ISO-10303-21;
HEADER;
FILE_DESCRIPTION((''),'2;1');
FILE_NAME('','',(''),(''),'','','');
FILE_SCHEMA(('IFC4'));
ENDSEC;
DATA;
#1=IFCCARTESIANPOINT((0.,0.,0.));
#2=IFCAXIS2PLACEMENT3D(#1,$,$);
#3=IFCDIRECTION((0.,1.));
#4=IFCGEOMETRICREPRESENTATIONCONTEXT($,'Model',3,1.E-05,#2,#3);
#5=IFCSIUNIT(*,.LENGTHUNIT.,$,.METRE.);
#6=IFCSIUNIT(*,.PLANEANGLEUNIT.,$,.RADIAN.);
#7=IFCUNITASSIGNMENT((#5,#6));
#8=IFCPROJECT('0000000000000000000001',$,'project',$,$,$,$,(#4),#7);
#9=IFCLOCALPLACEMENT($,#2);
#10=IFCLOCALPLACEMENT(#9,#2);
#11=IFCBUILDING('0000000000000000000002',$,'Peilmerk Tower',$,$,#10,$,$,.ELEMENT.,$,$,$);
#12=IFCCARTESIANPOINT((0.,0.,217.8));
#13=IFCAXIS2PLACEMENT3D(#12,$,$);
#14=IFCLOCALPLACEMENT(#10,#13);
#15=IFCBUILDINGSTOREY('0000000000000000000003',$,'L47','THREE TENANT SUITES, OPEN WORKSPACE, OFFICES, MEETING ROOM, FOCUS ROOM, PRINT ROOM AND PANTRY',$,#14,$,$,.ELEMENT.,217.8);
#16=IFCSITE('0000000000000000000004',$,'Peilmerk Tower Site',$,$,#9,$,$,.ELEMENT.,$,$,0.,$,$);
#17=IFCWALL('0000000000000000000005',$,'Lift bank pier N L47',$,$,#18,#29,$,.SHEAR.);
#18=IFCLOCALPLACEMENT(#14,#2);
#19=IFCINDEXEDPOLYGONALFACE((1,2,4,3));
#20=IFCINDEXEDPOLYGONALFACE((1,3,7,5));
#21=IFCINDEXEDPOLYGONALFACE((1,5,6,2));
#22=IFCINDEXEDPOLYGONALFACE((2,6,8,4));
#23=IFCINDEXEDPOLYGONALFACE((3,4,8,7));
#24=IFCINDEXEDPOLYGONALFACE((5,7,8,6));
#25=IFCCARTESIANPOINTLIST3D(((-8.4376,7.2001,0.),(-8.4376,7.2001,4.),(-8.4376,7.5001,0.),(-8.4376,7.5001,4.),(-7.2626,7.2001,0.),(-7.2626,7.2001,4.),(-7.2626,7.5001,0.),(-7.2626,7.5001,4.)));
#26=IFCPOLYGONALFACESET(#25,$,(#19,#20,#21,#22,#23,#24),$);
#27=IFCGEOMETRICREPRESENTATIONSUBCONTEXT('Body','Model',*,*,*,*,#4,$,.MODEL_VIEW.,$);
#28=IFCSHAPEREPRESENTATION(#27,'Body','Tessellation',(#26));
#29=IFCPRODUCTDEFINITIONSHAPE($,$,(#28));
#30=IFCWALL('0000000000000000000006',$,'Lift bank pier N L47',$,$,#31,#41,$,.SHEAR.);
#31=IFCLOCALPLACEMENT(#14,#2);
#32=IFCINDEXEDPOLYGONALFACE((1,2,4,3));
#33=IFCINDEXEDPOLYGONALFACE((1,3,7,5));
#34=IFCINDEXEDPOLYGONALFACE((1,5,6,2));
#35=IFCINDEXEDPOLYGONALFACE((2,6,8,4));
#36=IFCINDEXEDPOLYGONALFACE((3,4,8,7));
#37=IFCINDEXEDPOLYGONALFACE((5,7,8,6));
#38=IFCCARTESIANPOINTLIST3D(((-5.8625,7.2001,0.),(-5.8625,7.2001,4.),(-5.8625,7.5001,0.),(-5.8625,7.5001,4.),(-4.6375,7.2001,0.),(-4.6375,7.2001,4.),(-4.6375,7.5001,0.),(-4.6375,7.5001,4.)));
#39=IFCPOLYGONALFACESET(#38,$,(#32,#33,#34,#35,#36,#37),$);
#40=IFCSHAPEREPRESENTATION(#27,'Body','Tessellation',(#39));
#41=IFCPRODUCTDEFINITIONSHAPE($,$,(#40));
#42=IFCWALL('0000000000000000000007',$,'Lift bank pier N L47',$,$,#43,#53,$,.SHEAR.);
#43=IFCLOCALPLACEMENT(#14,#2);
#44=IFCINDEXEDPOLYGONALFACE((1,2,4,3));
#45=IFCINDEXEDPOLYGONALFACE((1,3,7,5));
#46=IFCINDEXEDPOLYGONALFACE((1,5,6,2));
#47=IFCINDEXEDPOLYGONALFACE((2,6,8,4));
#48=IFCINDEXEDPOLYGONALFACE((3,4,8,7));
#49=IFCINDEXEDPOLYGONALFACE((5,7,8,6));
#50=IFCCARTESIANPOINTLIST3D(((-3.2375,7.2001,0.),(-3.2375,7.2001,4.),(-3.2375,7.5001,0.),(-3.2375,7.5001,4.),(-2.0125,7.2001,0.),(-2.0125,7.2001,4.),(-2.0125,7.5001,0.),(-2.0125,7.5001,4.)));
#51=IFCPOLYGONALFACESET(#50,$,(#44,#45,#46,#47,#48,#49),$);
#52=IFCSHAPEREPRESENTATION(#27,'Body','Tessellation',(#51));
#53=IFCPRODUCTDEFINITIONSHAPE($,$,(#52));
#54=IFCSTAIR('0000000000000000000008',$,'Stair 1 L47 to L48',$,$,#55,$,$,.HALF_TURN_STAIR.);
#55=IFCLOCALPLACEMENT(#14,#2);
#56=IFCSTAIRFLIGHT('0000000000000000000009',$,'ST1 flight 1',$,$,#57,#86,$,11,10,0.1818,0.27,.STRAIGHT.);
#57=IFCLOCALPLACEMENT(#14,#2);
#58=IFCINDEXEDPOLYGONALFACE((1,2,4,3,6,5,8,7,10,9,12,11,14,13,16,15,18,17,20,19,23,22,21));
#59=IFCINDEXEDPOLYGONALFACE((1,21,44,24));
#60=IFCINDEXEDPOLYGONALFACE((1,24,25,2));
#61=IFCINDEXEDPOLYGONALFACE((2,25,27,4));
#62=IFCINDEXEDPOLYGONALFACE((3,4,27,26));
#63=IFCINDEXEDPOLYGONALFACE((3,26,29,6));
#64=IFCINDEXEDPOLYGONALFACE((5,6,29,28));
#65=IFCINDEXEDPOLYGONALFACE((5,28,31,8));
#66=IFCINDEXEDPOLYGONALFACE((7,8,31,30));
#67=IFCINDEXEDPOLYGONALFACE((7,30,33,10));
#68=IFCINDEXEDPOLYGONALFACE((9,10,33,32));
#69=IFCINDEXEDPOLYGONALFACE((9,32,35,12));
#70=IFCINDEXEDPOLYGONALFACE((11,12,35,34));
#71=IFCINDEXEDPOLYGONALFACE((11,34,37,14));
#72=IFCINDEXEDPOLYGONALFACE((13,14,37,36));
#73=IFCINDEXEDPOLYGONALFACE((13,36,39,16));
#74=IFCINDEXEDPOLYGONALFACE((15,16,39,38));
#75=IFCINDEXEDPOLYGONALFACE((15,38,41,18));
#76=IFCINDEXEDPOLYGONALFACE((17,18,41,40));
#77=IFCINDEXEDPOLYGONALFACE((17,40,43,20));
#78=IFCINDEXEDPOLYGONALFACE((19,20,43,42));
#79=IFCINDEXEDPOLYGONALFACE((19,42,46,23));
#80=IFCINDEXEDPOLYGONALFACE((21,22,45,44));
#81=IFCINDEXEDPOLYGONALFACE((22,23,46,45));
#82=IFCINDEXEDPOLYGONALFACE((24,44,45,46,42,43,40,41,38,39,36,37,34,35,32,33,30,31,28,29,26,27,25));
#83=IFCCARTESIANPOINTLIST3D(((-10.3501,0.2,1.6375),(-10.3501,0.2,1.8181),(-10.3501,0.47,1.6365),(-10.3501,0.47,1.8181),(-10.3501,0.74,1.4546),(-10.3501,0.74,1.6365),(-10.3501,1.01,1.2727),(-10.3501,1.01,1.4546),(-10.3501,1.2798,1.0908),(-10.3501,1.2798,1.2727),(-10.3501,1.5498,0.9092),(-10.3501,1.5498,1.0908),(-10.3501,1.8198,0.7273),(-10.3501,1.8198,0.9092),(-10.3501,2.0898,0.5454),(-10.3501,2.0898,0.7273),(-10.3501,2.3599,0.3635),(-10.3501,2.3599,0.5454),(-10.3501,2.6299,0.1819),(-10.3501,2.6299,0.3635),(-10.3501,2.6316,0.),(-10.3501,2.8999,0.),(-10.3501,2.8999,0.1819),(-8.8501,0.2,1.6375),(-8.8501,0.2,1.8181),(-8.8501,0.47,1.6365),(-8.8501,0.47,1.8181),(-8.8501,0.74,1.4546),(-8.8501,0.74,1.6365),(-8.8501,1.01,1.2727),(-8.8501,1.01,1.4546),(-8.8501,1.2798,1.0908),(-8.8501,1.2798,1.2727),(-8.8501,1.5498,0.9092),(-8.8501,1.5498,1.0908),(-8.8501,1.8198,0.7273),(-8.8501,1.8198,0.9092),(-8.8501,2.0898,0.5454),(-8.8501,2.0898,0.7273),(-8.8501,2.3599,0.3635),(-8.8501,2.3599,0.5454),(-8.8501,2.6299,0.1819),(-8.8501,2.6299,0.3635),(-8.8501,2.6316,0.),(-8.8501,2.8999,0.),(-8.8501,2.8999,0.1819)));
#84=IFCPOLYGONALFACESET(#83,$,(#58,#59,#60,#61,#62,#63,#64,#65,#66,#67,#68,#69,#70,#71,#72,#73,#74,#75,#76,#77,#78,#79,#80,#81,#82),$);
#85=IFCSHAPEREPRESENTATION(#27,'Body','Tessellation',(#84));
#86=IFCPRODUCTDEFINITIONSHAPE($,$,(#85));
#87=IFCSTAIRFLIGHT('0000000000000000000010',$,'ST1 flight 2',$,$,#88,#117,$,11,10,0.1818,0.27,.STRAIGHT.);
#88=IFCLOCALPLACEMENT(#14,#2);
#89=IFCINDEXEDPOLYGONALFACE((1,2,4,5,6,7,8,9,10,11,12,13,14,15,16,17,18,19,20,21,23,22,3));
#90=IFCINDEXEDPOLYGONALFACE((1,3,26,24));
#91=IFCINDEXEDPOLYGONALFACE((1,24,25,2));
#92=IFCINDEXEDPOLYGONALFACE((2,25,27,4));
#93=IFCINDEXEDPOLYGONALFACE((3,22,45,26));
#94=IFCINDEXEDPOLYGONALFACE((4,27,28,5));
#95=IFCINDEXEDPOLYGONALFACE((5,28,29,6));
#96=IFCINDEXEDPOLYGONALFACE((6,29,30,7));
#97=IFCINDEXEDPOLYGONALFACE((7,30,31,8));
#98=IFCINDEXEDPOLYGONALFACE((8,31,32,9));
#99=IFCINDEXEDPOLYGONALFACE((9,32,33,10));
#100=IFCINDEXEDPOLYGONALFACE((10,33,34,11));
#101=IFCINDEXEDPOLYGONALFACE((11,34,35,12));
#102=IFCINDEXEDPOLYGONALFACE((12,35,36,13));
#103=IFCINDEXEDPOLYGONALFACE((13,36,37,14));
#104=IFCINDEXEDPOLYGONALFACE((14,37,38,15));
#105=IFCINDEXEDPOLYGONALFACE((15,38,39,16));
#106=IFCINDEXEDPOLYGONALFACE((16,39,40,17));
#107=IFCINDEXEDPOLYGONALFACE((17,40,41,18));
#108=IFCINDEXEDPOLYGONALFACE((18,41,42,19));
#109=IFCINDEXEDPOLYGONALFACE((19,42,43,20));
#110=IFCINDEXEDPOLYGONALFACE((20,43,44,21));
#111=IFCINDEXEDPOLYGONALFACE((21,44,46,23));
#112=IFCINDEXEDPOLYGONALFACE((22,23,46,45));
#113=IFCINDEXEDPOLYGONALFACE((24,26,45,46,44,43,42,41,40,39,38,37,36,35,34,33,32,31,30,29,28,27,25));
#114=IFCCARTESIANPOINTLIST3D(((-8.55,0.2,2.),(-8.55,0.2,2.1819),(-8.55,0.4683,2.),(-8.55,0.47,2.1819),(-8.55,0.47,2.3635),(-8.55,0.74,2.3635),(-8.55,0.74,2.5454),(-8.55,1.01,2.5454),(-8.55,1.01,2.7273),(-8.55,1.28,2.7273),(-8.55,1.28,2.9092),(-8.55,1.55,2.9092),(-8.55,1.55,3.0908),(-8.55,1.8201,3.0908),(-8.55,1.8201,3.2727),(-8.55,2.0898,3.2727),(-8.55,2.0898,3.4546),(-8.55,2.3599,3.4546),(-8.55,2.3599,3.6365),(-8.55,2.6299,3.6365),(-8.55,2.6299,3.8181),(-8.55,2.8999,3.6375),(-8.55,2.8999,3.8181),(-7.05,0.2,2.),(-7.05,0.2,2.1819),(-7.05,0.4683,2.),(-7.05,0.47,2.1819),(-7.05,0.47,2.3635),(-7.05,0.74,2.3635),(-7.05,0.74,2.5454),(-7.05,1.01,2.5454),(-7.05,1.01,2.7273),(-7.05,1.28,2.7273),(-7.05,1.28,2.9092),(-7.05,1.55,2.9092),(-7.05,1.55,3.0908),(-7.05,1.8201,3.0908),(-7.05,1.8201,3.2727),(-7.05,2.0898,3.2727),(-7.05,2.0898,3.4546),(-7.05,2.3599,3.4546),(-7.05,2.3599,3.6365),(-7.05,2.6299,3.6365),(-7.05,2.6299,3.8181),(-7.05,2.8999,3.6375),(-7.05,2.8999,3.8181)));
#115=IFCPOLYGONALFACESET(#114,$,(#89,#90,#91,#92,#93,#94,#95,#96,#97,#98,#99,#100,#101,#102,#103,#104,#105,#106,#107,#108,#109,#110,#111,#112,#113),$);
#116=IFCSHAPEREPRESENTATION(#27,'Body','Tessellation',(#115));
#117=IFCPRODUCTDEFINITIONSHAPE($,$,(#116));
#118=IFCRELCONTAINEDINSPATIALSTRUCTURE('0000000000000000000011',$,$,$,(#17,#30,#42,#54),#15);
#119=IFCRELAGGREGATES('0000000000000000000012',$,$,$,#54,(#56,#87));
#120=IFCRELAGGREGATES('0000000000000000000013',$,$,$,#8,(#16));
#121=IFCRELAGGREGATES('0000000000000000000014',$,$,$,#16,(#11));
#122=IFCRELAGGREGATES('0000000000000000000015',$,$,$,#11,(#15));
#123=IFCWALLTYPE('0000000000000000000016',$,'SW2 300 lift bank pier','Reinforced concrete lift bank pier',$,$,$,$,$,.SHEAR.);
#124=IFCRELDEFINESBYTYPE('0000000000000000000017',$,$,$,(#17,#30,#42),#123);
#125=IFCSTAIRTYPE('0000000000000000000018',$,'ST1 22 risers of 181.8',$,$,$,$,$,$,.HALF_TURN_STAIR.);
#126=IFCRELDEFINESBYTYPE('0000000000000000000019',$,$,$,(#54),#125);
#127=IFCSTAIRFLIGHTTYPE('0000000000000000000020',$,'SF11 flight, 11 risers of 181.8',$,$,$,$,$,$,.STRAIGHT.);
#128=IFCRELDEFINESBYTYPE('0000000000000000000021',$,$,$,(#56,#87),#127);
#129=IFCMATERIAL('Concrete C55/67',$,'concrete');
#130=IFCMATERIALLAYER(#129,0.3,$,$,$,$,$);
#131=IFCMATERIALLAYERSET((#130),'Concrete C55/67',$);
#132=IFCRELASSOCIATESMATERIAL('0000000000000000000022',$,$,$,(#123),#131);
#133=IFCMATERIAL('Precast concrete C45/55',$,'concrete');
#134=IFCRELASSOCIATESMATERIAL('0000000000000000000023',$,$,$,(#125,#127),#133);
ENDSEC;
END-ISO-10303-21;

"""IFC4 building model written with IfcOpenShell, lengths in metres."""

from ifc_helpers import new_model, si_unit, direction, frame, frame_2d, origin, place, context, subcontext, project, spatial, polyline, rectangle, outline, extrude, material, layer, layer_set, type_object, element, aggregate, save


model = new_model("IFC4")

# Units and contexts
model_context = context("Model", 3, precision=1e-05, world=origin(), true_north=direction((0.0, 1.0)))
body_context = subcontext(model_context, "Body", "Model", "MODEL_VIEW")
ifc_project = project(units=[si_unit("LENGTHUNIT", "METRE"), si_unit("PLANEANGLEUNIT", "RADIAN")], contexts=[model_context])

# Site, building, storey
site_placement = place(None, origin())
site = spatial("IfcSite", under=ifc_project, at=site_placement, Name="Peilmerk Tower Site", CompositionType="ELEMENT", RefElevation=0.0)
building_placement = place(site_placement, origin())
building = spatial("IfcBuilding", under=site, at=building_placement, Name="Peilmerk Tower", CompositionType="ELEMENT")
storey_placement = place(building_placement, frame((0.0, 0.0, 217.8)))
storey = spatial("IfcBuildingStorey", under=building, at=storey_placement, Name="L47", Description="THREE TENANT SUITES, OPEN WORKSPACE, OFFICES, MEETING ROOM, FOCUS ROOM, PRINT ROOM AND PANTRY", CompositionType="ELEMENT", Elevation=217.8)

# Shared definitions
ifc_material_1 = material(Name="Concrete C55/67", Category="concrete")

# Walls
ifc_layer_1 = layer(ifc_material_1, 0.3)
ifc_layer_set_1 = layer_set([ifc_layer_1], Name="Concrete C55/67")
wall_type_1 = type_object("IfcWallType", Name="SW2 300 lift bank pier", Description="Reinforced concrete lift bank pier", PredefinedType="SHEAR", material=ifc_layer_set_1)
wall_1_placement = place(storey_placement, frame((-8.4375, 7.3501, 0.0), z_axis=(0.0, 0.0, 1.0), x_axis=(1.0, 0.0, 0.0)))
element("IfcWall", 1, at=wall_1_placement, inside=storey, type_object=wall_type_1, Name="Lift bank pier N L47", PredefinedType="SHEAR", context=body_context, shape_type="SweptSolid", body=[
    extrude(rectangle(XDim=1.175, YDim=0.3, at=frame_2d((0.5874, 0.0))), origin(), (0.0, 0.0, 1.0), 4.0),
])
for number, where, z_axis, x_axis, name in (
    (2, (-5.8625, 7.3501, 0.0), (0.0, 0.0, 1.0), (1.0, 0.0, 0.0), "Lift bank pier N L47"),
    (3, (-3.2375, 7.3501, 0.0), (0.0, 0.0, 1.0), (1.0, 0.0, 0.0), "Lift bank pier N L47"),
):
    element("IfcWall", number, at=place(storey_placement, frame(where, z_axis=z_axis, x_axis=x_axis)), inside=storey, type_object=wall_type_1, Name=name, PredefinedType="SHEAR", context=body_context, shape_type="SweptSolid", body=[
        extrude(rectangle(XDim=1.2251, YDim=0.3, at=frame_2d((0.6125, 0.0))), origin(), (0.0, 0.0, 1.0), 4.0),
    ])

# Stair, stair flights
ifc_material_2 = material(Name="Precast concrete C45/55", Category="concrete")
stair_type = type_object("IfcStairType", Name="ST1 22 risers of 181.8", PredefinedType="HALF_TURN_STAIR", material=ifc_material_2)
stair_placement = place(storey_placement, origin())
stair = element("IfcStair", 4, at=stair_placement, inside=storey, type_object=stair_type, Name="Stair 1 L47 to L48", PredefinedType="HALF_TURN_STAIR")
stair_flight_type = type_object("IfcStairFlightType", Name="SF11 flight, 11 risers of 181.8", PredefinedType="STRAIGHT", material=ifc_material_2)
stair_flight_1_placement = place(storey_placement, frame((-9.6001, 2.8999, 0.0), z_axis=(0.0, 0.0, 1.0), x_axis=(0.0, -1.0, 0.0)))
stair_flight_1 = element("IfcStairFlight", 5, at=stair_flight_1_placement, type_object=stair_flight_type, Name="ST1 flight 1", NumberOfRisers=11, NumberOfTreads=10, PredefinedType="STRAIGHT", RiserHeight=0.1818, TreadLength=0.27, context=body_context, shape_type="SweptSolid", body=[
    extrude(outline(polyline([(0.0, 0.0), (0.0, 0.1819), (0.27, 0.1819), (0.27, 0.3635), (0.54, 0.3635), (0.54, 0.5454), (0.8101, 0.5454), (0.8101, 0.7273), (1.0801, 0.7273), (1.0801, 0.9092), (1.3501, 0.9092), (1.3501, 1.0908), (1.6201, 1.0908), (1.6201, 1.2727), (1.8899, 1.2727), (1.8899, 1.4546), (2.1599, 1.4546), (2.1599, 1.6365), (2.4299, 1.6365), (2.4299, 1.8181), (2.7, 1.8181), (2.7, 2.0), (2.7, 1.6375), (0.2683, 0.0), (0.0, 0.0)])), frame((0.0, 0.75, 0.0), z_axis=(0.0, -1.0, 0.0), x_axis=(1.0, 0.0, 0.0)), (0.0, 0.0, 1.0), 1.5),
])
stair_flight_2_placement = place(storey_placement, frame((-7.8, 0.2, 2.0), z_axis=(0.0, 0.0, 1.0), x_axis=(0.0, 1.0, 0.0)))
stair_flight_2 = element("IfcStairFlight", 6, at=stair_flight_2_placement, type_object=stair_flight_type, Name="ST1 flight 2", NumberOfRisers=11, NumberOfTreads=10, PredefinedType="STRAIGHT", RiserHeight=0.1818, TreadLength=0.27, context=body_context, shape_type="SweptSolid", body=[
    extrude(outline(polyline([(0.0, 0.0), (0.0, 0.1819), (0.27, 0.1819), (0.27, 0.3635), (0.54, 0.3635), (0.54, 0.5454), (0.8101, 0.5454), (0.8101, 0.7273), (1.0801, 0.7273), (1.0801, 0.9092), (1.3501, 0.9092), (1.3501, 1.0908), (1.6201, 1.0908), (1.6201, 1.2727), (1.8899, 1.2727), (1.8899, 1.4546), (2.1599, 1.4546), (2.1599, 1.6365), (2.4299, 1.6365), (2.4299, 1.8181), (2.7, 1.8181), (2.7, 2.0), (2.7, 1.6375), (0.2683, 0.0), (0.0, 0.0)])), frame((0.0, 0.75, 0.0), z_axis=(0.0, -1.0, 0.0), x_axis=(1.0, 0.0, 0.0)), (0.0, 0.0, 1.0), 1.5),
])
aggregate(stair, [stair_flight_1, stair_flight_2])

save(model, "model.ifc")
